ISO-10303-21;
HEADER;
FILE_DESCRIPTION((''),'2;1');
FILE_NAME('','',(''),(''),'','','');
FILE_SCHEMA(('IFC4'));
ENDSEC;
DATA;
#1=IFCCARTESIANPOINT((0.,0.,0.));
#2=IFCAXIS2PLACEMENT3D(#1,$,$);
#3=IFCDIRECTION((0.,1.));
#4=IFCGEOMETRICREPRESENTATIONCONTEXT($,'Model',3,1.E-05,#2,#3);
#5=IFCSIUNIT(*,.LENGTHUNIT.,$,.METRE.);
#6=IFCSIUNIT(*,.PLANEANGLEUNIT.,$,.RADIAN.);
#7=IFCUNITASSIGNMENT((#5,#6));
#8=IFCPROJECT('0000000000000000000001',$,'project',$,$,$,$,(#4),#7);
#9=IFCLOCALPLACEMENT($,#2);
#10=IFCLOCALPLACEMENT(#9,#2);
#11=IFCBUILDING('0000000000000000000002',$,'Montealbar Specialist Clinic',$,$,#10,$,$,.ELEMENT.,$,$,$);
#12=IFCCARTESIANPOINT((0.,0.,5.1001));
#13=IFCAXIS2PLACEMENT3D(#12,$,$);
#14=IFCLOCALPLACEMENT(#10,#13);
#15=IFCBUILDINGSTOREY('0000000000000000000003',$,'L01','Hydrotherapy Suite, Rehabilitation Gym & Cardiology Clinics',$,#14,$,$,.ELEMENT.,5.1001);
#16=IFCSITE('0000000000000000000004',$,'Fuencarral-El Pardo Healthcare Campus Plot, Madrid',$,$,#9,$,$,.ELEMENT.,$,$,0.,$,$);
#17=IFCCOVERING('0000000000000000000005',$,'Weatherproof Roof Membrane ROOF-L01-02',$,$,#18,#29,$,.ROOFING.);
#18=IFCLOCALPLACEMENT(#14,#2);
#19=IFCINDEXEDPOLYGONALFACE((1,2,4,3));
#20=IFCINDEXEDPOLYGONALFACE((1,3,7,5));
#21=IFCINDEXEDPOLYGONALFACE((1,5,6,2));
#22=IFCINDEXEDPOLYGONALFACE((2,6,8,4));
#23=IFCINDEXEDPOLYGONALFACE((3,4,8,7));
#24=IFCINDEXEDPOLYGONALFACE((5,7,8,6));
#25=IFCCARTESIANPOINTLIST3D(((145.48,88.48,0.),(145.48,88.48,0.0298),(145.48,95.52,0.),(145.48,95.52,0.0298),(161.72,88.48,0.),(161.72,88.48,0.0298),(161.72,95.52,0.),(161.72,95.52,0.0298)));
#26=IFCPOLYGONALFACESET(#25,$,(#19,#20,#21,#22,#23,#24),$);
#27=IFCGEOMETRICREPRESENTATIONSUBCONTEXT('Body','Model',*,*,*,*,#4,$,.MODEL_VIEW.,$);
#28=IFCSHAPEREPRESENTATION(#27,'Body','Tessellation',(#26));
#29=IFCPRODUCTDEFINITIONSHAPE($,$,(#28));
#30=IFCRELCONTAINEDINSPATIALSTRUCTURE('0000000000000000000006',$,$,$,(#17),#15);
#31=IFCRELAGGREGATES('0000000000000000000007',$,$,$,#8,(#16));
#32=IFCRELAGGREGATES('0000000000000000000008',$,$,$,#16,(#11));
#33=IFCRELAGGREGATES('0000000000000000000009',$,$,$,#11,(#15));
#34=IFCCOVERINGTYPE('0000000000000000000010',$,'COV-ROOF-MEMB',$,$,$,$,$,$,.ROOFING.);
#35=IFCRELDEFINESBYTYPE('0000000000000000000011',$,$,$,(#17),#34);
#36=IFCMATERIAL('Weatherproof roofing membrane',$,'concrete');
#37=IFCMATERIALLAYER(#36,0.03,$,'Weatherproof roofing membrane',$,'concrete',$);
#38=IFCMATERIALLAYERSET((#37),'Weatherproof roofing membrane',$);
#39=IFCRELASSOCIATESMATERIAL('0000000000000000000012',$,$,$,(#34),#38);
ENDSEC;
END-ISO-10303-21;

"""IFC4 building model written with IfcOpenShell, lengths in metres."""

from ifc_helpers import new_model, si_unit, direction, frame, origin, place, context, subcontext, project, spatial, polyline, outline, extrude, material, layer, layer_set, type_object, element, save


model = new_model("IFC4")

# Units and contexts
model_context = context("Model", 3, precision=1e-05, world=origin(), true_north=direction((0.0, 1.0)))
body_context = subcontext(model_context, "Body", "Model", "MODEL_VIEW")
ifc_project = project(units=[si_unit("LENGTHUNIT", "METRE"), si_unit("PLANEANGLEUNIT", "RADIAN")], contexts=[model_context])

# Site, building, storey
site_placement = place(None, origin())
site = spatial("IfcSite", under=ifc_project, at=site_placement, Name="Fuencarral-El Pardo Healthcare Campus Plot, Madrid", CompositionType="ELEMENT", RefElevation=0.0)
building_placement = place(site_placement, origin())
building = spatial("IfcBuilding", under=site, at=building_placement, Name="Montealbar Specialist Clinic", CompositionType="ELEMENT")
storey_placement = place(building_placement, frame((0.0, 0.0, 5.1001)))
storey = spatial("IfcBuildingStorey", under=building, at=storey_placement, Name="L01", Description="Hydrotherapy Suite, Rehabilitation Gym & Cardiology Clinics", CompositionType="ELEMENT", Elevation=5.1001)

# Shared definitions
ifc_material_1 = material(Name="Weatherproof roofing membrane", Category="concrete")

# Covering
ifc_layer_1 = layer(ifc_material_1, 0.03, Name="Weatherproof roofing membrane", Category="concrete")
ifc_layer_set_1 = layer_set([ifc_layer_1], Name="Weatherproof roofing membrane")
covering_type = type_object("IfcCoveringType", Name="COV-ROOF-MEMB", PredefinedType="ROOFING", material=ifc_layer_set_1)
covering_1_placement = place(storey_placement, origin())
element("IfcCovering", 1, at=covering_1_placement, inside=storey, type_object=covering_type, Name="Weatherproof Roof Membrane ROOF-L01-02", PredefinedType="ROOFING", context=body_context, shape_type="SweptSolid", body=[
    extrude(outline(polyline([(161.72, 95.52), (161.72, 88.48), (145.48, 88.48), (145.48, 95.52), (161.72, 95.52)])), origin(), (0.0, 0.0, 1.0), 0.0298),
])

save(model, "model.ifc")
